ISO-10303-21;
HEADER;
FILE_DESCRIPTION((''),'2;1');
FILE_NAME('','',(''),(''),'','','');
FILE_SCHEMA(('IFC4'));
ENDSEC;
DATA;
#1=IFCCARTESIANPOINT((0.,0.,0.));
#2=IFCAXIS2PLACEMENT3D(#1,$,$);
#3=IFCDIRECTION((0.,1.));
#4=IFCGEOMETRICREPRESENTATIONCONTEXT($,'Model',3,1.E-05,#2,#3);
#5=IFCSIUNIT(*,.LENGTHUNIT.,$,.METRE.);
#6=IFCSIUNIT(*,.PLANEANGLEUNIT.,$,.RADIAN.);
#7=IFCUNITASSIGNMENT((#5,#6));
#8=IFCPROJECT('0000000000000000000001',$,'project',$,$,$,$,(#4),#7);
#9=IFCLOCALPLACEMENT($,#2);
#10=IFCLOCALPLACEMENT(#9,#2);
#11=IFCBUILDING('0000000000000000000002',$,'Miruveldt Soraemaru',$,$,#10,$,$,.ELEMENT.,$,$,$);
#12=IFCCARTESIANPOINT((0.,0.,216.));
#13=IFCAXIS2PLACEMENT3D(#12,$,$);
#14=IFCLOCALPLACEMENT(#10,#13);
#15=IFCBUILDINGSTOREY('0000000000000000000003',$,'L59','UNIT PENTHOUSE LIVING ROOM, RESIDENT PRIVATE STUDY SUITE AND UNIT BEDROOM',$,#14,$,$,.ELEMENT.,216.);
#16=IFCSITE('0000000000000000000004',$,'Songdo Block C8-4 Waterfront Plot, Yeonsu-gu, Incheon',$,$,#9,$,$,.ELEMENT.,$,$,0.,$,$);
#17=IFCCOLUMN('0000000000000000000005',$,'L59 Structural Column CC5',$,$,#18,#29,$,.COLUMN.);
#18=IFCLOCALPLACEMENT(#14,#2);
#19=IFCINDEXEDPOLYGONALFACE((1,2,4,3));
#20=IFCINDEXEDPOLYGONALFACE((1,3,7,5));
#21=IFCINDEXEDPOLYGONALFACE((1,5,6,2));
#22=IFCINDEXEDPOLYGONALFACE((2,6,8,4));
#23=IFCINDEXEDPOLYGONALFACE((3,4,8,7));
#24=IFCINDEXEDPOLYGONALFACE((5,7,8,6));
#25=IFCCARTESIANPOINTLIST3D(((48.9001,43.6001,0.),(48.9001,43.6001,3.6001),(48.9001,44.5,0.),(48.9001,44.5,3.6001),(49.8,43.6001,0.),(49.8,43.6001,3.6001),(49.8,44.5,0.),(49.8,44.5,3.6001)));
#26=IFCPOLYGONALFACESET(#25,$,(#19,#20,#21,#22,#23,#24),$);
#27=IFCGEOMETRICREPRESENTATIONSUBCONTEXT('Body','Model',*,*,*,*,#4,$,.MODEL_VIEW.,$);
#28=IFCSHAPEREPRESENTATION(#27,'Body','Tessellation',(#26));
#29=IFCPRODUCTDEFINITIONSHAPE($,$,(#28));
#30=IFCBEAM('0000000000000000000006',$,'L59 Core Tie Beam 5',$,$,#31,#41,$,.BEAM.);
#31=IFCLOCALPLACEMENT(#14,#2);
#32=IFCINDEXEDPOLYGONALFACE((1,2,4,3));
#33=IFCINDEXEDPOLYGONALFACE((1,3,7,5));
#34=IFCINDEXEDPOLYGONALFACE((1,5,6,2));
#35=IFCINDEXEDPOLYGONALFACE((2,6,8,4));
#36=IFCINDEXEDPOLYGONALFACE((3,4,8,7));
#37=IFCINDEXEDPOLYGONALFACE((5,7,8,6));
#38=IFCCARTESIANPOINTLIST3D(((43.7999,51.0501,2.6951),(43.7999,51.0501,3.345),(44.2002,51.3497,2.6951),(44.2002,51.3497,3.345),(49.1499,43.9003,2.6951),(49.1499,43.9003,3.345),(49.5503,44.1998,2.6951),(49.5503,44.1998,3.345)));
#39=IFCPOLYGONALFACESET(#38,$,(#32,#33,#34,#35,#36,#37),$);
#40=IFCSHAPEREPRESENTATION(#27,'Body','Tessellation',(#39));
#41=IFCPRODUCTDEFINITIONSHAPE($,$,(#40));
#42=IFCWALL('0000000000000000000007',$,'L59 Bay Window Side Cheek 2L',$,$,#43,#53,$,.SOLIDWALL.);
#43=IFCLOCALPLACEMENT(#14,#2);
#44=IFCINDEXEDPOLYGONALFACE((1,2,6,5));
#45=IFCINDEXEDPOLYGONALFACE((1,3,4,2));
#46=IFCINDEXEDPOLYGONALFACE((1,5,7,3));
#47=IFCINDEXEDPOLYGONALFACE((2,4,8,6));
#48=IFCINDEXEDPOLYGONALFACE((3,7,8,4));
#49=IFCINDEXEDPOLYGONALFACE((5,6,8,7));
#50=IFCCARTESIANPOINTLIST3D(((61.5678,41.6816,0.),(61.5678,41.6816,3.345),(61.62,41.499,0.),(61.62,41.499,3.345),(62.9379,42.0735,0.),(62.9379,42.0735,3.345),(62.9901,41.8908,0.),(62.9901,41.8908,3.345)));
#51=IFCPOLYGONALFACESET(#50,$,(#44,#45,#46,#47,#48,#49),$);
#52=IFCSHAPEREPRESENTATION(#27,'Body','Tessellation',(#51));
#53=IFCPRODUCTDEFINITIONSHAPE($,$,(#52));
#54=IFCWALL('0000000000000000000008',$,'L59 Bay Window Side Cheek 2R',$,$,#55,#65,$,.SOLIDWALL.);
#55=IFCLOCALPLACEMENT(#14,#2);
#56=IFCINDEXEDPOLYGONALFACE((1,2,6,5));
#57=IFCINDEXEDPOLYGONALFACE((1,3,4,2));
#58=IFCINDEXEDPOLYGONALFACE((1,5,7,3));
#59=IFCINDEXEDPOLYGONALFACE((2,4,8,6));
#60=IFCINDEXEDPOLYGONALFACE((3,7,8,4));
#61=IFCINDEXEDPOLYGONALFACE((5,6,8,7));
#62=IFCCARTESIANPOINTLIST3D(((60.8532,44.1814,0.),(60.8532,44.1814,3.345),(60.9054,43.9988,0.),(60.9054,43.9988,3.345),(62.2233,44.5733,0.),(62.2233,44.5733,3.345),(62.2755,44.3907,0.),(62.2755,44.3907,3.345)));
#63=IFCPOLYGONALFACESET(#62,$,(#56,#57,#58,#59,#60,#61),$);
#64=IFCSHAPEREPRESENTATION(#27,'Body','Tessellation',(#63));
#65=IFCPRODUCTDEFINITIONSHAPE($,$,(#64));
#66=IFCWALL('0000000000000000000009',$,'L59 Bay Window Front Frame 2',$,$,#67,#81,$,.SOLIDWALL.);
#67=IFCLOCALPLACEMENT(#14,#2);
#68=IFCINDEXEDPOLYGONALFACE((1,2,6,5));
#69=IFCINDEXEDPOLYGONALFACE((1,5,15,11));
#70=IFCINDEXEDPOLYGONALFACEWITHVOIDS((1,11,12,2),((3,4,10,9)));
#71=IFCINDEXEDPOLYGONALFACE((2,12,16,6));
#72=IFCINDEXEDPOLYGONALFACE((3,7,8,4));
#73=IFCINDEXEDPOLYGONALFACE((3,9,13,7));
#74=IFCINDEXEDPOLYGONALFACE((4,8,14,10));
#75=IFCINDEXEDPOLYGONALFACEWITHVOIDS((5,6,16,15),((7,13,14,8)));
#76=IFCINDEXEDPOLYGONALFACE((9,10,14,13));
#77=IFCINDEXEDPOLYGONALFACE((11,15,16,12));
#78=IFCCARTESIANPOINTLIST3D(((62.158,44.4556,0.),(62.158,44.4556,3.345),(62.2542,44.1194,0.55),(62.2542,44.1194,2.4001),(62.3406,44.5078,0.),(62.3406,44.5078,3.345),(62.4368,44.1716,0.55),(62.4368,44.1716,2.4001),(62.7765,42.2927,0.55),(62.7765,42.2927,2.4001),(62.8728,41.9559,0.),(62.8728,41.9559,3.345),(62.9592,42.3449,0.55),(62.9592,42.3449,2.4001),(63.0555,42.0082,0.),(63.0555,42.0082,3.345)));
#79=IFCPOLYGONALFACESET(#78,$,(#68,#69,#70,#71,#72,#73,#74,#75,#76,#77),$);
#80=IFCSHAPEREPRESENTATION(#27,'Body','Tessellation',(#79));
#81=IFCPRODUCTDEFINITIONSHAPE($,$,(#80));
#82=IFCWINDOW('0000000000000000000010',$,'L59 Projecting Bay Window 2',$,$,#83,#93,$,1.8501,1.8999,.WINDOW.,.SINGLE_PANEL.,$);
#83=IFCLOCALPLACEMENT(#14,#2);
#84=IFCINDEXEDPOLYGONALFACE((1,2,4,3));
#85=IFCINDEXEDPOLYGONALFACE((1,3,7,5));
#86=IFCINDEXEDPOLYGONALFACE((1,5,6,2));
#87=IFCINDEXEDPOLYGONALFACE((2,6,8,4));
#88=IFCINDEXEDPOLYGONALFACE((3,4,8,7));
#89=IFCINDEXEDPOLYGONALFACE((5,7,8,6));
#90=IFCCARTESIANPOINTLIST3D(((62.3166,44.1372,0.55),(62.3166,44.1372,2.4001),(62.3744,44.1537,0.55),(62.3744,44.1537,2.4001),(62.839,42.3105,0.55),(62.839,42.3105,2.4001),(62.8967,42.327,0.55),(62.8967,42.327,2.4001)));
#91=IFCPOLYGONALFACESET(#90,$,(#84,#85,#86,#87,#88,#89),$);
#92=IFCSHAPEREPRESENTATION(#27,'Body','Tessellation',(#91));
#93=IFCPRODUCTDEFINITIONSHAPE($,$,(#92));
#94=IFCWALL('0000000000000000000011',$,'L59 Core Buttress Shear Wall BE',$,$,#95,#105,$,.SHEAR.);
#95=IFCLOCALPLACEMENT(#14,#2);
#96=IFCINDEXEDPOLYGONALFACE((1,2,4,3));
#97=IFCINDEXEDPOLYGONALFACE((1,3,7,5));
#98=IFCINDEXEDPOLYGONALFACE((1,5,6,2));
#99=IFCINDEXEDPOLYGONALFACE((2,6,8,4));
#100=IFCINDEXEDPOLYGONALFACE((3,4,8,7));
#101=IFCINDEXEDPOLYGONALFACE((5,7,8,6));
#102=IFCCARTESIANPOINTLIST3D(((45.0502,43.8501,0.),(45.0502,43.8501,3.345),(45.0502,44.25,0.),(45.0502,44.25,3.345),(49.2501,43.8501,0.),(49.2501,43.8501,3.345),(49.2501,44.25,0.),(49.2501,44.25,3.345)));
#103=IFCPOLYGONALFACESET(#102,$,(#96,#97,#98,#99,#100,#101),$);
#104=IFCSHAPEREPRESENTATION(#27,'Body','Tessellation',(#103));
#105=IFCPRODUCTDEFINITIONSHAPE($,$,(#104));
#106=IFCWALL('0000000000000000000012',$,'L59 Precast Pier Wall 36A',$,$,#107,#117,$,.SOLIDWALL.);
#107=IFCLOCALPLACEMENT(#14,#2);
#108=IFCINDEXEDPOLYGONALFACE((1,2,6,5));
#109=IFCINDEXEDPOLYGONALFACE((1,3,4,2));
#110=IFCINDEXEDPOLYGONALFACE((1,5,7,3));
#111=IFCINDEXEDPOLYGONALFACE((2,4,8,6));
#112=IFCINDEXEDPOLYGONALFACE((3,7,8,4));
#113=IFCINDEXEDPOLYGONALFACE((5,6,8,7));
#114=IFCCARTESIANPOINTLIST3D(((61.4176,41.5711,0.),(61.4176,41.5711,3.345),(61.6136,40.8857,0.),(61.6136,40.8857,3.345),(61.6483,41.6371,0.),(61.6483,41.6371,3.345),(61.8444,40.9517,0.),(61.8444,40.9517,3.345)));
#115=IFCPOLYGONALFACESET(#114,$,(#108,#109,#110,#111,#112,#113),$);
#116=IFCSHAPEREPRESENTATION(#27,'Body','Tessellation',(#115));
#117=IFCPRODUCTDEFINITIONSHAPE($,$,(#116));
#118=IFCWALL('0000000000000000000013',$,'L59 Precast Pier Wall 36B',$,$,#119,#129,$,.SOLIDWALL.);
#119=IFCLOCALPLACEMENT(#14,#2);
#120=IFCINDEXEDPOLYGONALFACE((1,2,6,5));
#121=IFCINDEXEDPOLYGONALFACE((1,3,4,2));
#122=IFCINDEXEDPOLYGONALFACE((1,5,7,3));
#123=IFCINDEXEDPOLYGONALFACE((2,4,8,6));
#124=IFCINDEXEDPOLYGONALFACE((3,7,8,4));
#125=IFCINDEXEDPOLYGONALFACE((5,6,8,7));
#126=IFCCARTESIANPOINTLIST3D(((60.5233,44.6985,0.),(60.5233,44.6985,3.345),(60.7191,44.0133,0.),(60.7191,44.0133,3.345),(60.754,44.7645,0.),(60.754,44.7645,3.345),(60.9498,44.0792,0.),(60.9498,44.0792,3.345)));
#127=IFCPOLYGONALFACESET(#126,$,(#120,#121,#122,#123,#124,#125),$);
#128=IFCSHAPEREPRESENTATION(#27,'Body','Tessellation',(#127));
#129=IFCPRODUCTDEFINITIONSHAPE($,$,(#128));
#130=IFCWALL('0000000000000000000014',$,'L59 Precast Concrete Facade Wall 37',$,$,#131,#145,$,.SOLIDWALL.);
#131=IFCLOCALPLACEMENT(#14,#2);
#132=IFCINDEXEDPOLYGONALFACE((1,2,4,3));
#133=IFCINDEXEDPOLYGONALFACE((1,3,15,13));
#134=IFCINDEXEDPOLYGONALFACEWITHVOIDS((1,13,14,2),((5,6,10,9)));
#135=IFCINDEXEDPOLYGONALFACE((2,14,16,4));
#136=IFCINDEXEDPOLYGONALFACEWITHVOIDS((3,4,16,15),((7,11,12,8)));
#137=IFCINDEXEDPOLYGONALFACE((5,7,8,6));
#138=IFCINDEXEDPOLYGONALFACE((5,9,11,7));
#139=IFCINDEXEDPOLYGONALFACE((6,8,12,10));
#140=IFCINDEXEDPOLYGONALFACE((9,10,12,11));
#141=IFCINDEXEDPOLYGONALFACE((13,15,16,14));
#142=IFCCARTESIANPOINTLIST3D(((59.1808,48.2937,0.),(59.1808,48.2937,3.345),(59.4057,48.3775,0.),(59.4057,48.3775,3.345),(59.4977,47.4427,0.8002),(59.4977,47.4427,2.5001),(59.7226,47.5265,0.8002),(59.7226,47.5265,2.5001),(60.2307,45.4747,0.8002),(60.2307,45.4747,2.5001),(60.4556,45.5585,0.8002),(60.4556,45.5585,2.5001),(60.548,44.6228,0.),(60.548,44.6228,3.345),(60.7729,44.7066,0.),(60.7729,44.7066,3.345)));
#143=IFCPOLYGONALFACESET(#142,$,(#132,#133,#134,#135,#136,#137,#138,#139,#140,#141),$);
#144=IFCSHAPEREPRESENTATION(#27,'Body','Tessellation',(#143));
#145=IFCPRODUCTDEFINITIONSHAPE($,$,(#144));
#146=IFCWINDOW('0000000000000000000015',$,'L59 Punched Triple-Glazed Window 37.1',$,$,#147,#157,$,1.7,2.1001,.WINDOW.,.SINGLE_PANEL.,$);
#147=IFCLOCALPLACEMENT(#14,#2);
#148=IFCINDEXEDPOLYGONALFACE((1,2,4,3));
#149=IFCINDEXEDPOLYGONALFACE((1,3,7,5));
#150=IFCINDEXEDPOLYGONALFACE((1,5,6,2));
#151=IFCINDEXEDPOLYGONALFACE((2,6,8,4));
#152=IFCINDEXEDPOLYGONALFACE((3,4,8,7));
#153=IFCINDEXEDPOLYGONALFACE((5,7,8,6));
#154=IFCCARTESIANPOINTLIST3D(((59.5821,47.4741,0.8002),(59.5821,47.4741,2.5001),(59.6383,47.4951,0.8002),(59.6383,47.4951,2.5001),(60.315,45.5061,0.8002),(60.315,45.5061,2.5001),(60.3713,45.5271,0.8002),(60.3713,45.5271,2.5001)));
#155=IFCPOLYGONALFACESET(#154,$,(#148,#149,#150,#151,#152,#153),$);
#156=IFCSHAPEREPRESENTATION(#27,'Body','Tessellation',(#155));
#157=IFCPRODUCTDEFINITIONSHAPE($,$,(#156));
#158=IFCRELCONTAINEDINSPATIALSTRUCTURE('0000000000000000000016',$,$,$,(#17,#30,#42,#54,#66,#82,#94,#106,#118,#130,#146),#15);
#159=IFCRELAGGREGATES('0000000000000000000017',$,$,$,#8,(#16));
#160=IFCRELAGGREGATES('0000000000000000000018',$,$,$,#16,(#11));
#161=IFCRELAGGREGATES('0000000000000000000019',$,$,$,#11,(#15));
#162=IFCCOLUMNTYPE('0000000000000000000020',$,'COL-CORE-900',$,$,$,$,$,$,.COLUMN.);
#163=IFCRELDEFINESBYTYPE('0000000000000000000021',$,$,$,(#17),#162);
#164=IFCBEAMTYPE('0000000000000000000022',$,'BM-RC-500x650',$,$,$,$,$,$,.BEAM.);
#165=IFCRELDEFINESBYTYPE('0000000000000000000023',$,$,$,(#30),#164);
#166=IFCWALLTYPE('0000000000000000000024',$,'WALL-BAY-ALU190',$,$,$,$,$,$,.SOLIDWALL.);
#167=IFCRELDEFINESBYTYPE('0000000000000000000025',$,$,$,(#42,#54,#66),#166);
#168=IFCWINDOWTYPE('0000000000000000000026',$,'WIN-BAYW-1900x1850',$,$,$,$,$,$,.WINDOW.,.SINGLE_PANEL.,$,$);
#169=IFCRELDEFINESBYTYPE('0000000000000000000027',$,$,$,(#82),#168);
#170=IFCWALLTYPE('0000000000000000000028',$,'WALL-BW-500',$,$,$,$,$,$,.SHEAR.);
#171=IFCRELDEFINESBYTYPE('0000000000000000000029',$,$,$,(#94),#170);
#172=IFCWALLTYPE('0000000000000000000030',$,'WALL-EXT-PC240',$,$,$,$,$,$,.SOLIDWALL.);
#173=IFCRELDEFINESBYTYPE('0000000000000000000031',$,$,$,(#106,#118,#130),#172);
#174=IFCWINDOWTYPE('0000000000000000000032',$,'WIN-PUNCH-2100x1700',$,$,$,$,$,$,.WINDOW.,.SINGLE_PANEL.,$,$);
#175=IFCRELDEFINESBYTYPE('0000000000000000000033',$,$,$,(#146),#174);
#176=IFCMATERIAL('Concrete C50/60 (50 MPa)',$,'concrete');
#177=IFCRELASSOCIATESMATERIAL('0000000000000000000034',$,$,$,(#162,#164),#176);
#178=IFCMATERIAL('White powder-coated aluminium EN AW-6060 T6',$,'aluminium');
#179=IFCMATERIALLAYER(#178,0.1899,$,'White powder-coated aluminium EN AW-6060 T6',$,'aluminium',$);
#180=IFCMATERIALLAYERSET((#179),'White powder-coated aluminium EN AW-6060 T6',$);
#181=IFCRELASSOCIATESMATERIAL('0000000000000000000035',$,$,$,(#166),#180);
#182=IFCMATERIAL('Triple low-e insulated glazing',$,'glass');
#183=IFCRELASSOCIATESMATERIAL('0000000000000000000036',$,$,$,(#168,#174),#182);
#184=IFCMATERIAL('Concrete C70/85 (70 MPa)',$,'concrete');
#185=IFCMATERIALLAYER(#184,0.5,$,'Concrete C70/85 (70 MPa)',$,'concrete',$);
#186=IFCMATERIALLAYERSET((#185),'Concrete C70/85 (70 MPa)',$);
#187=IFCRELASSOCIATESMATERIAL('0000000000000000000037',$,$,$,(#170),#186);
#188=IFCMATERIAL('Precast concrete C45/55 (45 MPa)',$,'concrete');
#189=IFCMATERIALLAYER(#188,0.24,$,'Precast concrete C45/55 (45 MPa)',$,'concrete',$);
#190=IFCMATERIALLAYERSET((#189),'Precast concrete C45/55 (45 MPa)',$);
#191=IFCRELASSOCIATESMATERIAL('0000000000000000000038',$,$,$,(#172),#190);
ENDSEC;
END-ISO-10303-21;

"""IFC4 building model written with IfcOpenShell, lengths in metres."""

from ifc_helpers import new_model, si_unit, direction, frame, frame_2d, origin, origin_2d, place, context, subcontext, project, spatial, rectangle, extrude, material, layer, layer_set, material_profile, profile_set, type_object, element, fill, save


model = new_model("IFC4")

# Units and contexts
model_context = context("Model", 3, precision=1e-05, world=origin(), true_north=direction((0.0, 1.0)))
body_context = subcontext(model_context, "Body", "Model", "MODEL_VIEW")
ifc_project = project(units=[si_unit("LENGTHUNIT", "METRE"), si_unit("PLANEANGLEUNIT", "RADIAN")], contexts=[model_context])

# Site, building, storey
site_placement = place(None, origin())
site = spatial("IfcSite", under=ifc_project, at=site_placement, Name="Songdo Block C8-4 Waterfront Plot, Yeonsu-gu, Incheon", CompositionType="ELEMENT", RefElevation=0.0)
building_placement = place(site_placement, origin())
building = spatial("IfcBuilding", under=site, at=building_placement, Name="Miruveldt Soraemaru", CompositionType="ELEMENT")
storey_placement = place(building_placement, frame((0.0, 0.0, 216.0)))
storey = spatial("IfcBuildingStorey", under=building, at=storey_placement, Name="L59", Description="UNIT PENTHOUSE LIVING ROOM, RESIDENT PRIVATE STUDY SUITE AND UNIT BEDROOM", CompositionType="ELEMENT", Elevation=216.0)

# Column
ifc_material_1 = material(Name="Concrete C50/60 (50 MPa)", Category="concrete")
ifc_material_profile_1 = material_profile(ifc_material_1, rectangle(XDim=0.8999, YDim=0.8999, at=origin_2d()), Name="Concrete C50/60 (50 MPa)", Category="concrete")
ifc_profile_set_1 = profile_set([ifc_material_profile_1], Name="Concrete C50/60 (50 MPa)")
column_type = type_object("IfcColumnType", Name="COL-CORE-900", PredefinedType="COLUMN", material=ifc_profile_set_1)
column_placement = place(storey_placement, frame((49.3501, 44.05, 0.0), z_axis=(0.0, 0.0, 1.0), x_axis=(1.0, 0.0, 0.0)))
element("IfcColumn", 1, at=column_placement, inside=storey, type_object=column_type, Name="L59 Structural Column CC5", PredefinedType="COLUMN", context=body_context, shape_type="SweptSolid", body=[
    extrude(rectangle(XDim=0.8999, YDim=0.8999, at=origin_2d()), origin(), (0.0, 0.0, 1.0), 3.6001),
])

# Beam
ifc_material_profile_2 = material_profile(ifc_material_1, rectangle(XDim=0.5, YDim=0.6499, at=origin_2d()), Name="Concrete C50/60 (50 MPa)", Category="concrete")
ifc_profile_set_2 = profile_set([ifc_material_profile_2], Name="Concrete C50/60 (50 MPa)")
beam_type = type_object("IfcBeamType", Name="BM-RC-500x650", PredefinedType="BEAM", material=ifc_profile_set_2)
beam_placement = place(storey_placement, frame((49.3501, 44.05, 3.02), z_axis=(-0.599116, 0.800662, 0.0), x_axis=(-0.800662, -0.599116, 0.0)))
element("IfcBeam", 2, at=beam_placement, inside=storey, type_object=beam_type, Name="L59 Core Tie Beam 5", PredefinedType="BEAM", context=body_context, shape_type="SweptSolid", body=[
    extrude(rectangle(XDim=0.5, YDim=0.6499, at=origin_2d()), origin(), (0.0, 0.0, 1.0), 8.9299),
])

# Walls
ifc_material_2 = material(Name="White powder-coated aluminium EN AW-6060 T6", Category="aluminium")
ifc_layer_1 = layer(ifc_material_2, 0.1899, Name="White powder-coated aluminium EN AW-6060 T6", Category="aluminium")
ifc_layer_set_1 = layer_set([ifc_layer_1], Name="White powder-coated aluminium EN AW-6060 T6")
wall_type_1 = type_object("IfcWallType", Name="WALL-BAY-ALU190", PredefinedType="SOLIDWALL", material=ifc_layer_set_1)
for number, where, z_axis, x_axis, name in (
    (3, (61.594, 41.5903, 0.0), (0.0, 0.0, 1.0), (0.961453, 0.27497, 0.0), "L59 Bay Window Side Cheek 2L"),
    (4, (62.2493, 44.4819, 0.0), (0.0, 0.0, 1.0), (-0.961453, -0.27497, 0.0), "L59 Bay Window Side Cheek 2R"),
):
    element("IfcWall", number, at=place(storey_placement, frame(where, z_axis=z_axis, x_axis=x_axis)), inside=storey, type_object=wall_type_1, Name=name, PredefinedType="SOLIDWALL", context=body_context, shape_type="SweptSolid", body=[
        extrude(rectangle(XDim=1.425, YDim=0.1899, at=frame_2d((0.7124, 0.0))), origin(), (0.0, 0.0, 1.0), 3.345),
    ])

# Wall, opening, window
wall_1_placement = place(storey_placement, frame((62.9641, 41.9822, 0.0), z_axis=(0.0, 0.0, 1.0), x_axis=(-0.274944, 0.96146, 0.0)))
wall_1 = element("IfcWall", 5, at=wall_1_placement, inside=storey, type_object=wall_type_1, Name="L59 Bay Window Front Frame 2", PredefinedType="SOLIDWALL", context=body_context, shape_type="SweptSolid", body=[
    extrude(rectangle(XDim=2.5999, YDim=0.1899, at=frame_2d((1.2998, 0.0))), origin(), (0.0, 0.0, 1.0), 3.345),
])
opening_1_placement = place(wall_1_placement, frame((0.3501, 0.0, 0.55)))
opening_1 = element("IfcOpeningElement", 6, at=opening_1_placement, cuts=wall_1, PredefinedType="OPENING", context=body_context, shape_type="SweptSolid", body=[
    extrude(rectangle(XDim=1.8999, YDim=1.8501, at=frame_2d((0.95, 0.925))), frame((0.0, 0.105, 0.0), z_axis=(0.0, -1.0, 0.0), x_axis=(1.0, 0.0, 0.0)), (0.0, 0.0, 1.0), 0.21),
])
ifc_material_3 = material(Name="Triple low-e insulated glazing", Category="glass")
window_type_1 = type_object("IfcWindowType", Name="WIN-BAYW-1900x1850", PartitioningType="SINGLE_PANEL", PredefinedType="WINDOW", material=ifc_material_3)
window_1_placement = place(opening_1_placement, origin())
window_1 = element("IfcWindow", 7, at=window_1_placement, inside=storey, type_object=window_type_1, Name="L59 Projecting Bay Window 2", OverallHeight=1.8501, OverallWidth=1.8999, PartitioningType="SINGLE_PANEL", PredefinedType="WINDOW", context=body_context, shape_type="SweptSolid", body=[
    extrude(rectangle(XDim=1.8999, YDim=1.8501, at=frame_2d((0.95, 0.925))), frame((0.0, 0.03, 0.0), z_axis=(0.0, -1.0, 0.0), x_axis=(1.0, 0.0, 0.0)), (0.0, 0.0, 1.0), 0.0601),
])
fill(opening_1, window_1)

# Walls
ifc_material_4 = material(Name="Concrete C70/85 (70 MPa)", Category="concrete")
ifc_layer_2 = layer(ifc_material_4, 0.5, Name="Concrete C70/85 (70 MPa)", Category="concrete")
ifc_layer_set_2 = layer_set([ifc_layer_2], Name="Concrete C70/85 (70 MPa)")
wall_type_2 = type_object("IfcWallType", Name="WALL-BW-500", PredefinedType="SHEAR", material=ifc_layer_set_2)
wall_2_placement = place(storey_placement, frame((45.05, 44.05, 0.0), z_axis=(0.0, 0.0, 1.0), x_axis=(1.0, 0.0, 0.0)))
element("IfcWall", 8, at=wall_2_placement, inside=storey, type_object=wall_type_2, Name="L59 Core Buttress Shear Wall BE", PredefinedType="SHEAR", context=body_context, shape_type="SweptSolid", body=[
    extrude(rectangle(XDim=4.2, YDim=0.3999, at=frame_2d((2.1001, 0.0))), origin(), (0.0, 0.0, 1.0), 3.345),
])
ifc_material_5 = material(Name="Precast concrete C45/55 (45 MPa)", Category="concrete")
ifc_layer_3 = layer(ifc_material_5, 0.24, Name="Precast concrete C45/55 (45 MPa)", Category="concrete")
ifc_layer_set_3 = layer_set([ifc_layer_3], Name="Precast concrete C45/55 (45 MPa)")
wall_type_3 = type_object("IfcWallType", Name="WALL-EXT-PC240", PredefinedType="SOLIDWALL", material=ifc_layer_set_3)
wall_3_placement = place(storey_placement, frame((61.729, 40.9187, 0.0), z_axis=(0.0, 0.0, 1.0), x_axis=(-0.275038, 0.961433, 0.0)))
element("IfcWall", 9, at=wall_3_placement, inside=storey, type_object=wall_type_3, Name="L59 Precast Pier Wall 36A", PredefinedType="SOLIDWALL", context=body_context, shape_type="SweptSolid", body=[
    extrude(rectangle(XDim=0.7129, YDim=0.24, at=frame_2d((0.3564, 0.0))), origin(), (0.0, 0.0, 1.0), 3.345),
])
wall_4_placement = place(storey_placement, frame((60.8345, 44.0461, 0.0), z_axis=(0.0, 0.0, 1.0), x_axis=(-0.274721, 0.961524, 0.0)))
element("IfcWall", 10, at=wall_4_placement, inside=storey, type_object=wall_type_3, Name="L59 Precast Pier Wall 36B", PredefinedType="SOLIDWALL", context=body_context, shape_type="SweptSolid", body=[
    extrude(rectangle(XDim=0.7126, YDim=0.24, at=frame_2d((0.3564, 0.0))), origin(), (0.0, 0.0, 1.0), 3.345),
])

# Wall, opening, window
wall_5_placement = place(storey_placement, frame((60.6604, 44.6648, 0.0), z_axis=(0.0, 0.0, 1.0), x_axis=(-0.349019, 0.937116, 0.0)))
wall_5 = element("IfcWall", 11, at=wall_5_placement, inside=storey, type_object=wall_type_3, Name="L59 Precast Concrete Facade Wall 37", PredefinedType="SOLIDWALL", context=body_context, shape_type="SweptSolid", body=[
    extrude(rectangle(XDim=3.9172, YDim=0.24, at=frame_2d((1.9585, 0.0))), origin(), (0.0, 0.0, 1.0), 3.345),
])
opening_2_placement = place(wall_5_placement, frame((0.9089, 0.0, 0.8)))
opening_2 = element("IfcOpeningElement", 12, at=opening_2_placement, cuts=wall_5, PredefinedType="OPENING", context=body_context, shape_type="SweptSolid", body=[
    extrude(rectangle(XDim=2.1001, YDim=1.7, at=frame_2d((1.05, 0.8501))), frame((0.0, 0.1299, 0.0), z_axis=(0.0, -1.0, 0.0), x_axis=(1.0, 0.0, 0.0)), (0.0, 0.0, 1.0), 0.26),
])
window_type_2 = type_object("IfcWindowType", Name="WIN-PUNCH-2100x1700", PartitioningType="SINGLE_PANEL", PredefinedType="WINDOW", material=ifc_material_3)
window_2_placement = place(opening_2_placement, origin())
window_2 = element("IfcWindow", 13, at=window_2_placement, inside=storey, type_object=window_type_2, Name="L59 Punched Triple-Glazed Window 37.1", OverallHeight=1.7, OverallWidth=2.1001, PartitioningType="SINGLE_PANEL", PredefinedType="WINDOW", context=body_context, shape_type="SweptSolid", body=[
    extrude(rectangle(XDim=2.1001, YDim=1.7, at=frame_2d((1.05, 0.8501))), frame((0.0, 0.03, 0.0), z_axis=(0.0, -1.0, 0.0), x_axis=(1.0, 0.0, 0.0)), (0.0, 0.0, 1.0), 0.0601),
])
fill(opening_2, window_2)

save(model, "model.ifc")
